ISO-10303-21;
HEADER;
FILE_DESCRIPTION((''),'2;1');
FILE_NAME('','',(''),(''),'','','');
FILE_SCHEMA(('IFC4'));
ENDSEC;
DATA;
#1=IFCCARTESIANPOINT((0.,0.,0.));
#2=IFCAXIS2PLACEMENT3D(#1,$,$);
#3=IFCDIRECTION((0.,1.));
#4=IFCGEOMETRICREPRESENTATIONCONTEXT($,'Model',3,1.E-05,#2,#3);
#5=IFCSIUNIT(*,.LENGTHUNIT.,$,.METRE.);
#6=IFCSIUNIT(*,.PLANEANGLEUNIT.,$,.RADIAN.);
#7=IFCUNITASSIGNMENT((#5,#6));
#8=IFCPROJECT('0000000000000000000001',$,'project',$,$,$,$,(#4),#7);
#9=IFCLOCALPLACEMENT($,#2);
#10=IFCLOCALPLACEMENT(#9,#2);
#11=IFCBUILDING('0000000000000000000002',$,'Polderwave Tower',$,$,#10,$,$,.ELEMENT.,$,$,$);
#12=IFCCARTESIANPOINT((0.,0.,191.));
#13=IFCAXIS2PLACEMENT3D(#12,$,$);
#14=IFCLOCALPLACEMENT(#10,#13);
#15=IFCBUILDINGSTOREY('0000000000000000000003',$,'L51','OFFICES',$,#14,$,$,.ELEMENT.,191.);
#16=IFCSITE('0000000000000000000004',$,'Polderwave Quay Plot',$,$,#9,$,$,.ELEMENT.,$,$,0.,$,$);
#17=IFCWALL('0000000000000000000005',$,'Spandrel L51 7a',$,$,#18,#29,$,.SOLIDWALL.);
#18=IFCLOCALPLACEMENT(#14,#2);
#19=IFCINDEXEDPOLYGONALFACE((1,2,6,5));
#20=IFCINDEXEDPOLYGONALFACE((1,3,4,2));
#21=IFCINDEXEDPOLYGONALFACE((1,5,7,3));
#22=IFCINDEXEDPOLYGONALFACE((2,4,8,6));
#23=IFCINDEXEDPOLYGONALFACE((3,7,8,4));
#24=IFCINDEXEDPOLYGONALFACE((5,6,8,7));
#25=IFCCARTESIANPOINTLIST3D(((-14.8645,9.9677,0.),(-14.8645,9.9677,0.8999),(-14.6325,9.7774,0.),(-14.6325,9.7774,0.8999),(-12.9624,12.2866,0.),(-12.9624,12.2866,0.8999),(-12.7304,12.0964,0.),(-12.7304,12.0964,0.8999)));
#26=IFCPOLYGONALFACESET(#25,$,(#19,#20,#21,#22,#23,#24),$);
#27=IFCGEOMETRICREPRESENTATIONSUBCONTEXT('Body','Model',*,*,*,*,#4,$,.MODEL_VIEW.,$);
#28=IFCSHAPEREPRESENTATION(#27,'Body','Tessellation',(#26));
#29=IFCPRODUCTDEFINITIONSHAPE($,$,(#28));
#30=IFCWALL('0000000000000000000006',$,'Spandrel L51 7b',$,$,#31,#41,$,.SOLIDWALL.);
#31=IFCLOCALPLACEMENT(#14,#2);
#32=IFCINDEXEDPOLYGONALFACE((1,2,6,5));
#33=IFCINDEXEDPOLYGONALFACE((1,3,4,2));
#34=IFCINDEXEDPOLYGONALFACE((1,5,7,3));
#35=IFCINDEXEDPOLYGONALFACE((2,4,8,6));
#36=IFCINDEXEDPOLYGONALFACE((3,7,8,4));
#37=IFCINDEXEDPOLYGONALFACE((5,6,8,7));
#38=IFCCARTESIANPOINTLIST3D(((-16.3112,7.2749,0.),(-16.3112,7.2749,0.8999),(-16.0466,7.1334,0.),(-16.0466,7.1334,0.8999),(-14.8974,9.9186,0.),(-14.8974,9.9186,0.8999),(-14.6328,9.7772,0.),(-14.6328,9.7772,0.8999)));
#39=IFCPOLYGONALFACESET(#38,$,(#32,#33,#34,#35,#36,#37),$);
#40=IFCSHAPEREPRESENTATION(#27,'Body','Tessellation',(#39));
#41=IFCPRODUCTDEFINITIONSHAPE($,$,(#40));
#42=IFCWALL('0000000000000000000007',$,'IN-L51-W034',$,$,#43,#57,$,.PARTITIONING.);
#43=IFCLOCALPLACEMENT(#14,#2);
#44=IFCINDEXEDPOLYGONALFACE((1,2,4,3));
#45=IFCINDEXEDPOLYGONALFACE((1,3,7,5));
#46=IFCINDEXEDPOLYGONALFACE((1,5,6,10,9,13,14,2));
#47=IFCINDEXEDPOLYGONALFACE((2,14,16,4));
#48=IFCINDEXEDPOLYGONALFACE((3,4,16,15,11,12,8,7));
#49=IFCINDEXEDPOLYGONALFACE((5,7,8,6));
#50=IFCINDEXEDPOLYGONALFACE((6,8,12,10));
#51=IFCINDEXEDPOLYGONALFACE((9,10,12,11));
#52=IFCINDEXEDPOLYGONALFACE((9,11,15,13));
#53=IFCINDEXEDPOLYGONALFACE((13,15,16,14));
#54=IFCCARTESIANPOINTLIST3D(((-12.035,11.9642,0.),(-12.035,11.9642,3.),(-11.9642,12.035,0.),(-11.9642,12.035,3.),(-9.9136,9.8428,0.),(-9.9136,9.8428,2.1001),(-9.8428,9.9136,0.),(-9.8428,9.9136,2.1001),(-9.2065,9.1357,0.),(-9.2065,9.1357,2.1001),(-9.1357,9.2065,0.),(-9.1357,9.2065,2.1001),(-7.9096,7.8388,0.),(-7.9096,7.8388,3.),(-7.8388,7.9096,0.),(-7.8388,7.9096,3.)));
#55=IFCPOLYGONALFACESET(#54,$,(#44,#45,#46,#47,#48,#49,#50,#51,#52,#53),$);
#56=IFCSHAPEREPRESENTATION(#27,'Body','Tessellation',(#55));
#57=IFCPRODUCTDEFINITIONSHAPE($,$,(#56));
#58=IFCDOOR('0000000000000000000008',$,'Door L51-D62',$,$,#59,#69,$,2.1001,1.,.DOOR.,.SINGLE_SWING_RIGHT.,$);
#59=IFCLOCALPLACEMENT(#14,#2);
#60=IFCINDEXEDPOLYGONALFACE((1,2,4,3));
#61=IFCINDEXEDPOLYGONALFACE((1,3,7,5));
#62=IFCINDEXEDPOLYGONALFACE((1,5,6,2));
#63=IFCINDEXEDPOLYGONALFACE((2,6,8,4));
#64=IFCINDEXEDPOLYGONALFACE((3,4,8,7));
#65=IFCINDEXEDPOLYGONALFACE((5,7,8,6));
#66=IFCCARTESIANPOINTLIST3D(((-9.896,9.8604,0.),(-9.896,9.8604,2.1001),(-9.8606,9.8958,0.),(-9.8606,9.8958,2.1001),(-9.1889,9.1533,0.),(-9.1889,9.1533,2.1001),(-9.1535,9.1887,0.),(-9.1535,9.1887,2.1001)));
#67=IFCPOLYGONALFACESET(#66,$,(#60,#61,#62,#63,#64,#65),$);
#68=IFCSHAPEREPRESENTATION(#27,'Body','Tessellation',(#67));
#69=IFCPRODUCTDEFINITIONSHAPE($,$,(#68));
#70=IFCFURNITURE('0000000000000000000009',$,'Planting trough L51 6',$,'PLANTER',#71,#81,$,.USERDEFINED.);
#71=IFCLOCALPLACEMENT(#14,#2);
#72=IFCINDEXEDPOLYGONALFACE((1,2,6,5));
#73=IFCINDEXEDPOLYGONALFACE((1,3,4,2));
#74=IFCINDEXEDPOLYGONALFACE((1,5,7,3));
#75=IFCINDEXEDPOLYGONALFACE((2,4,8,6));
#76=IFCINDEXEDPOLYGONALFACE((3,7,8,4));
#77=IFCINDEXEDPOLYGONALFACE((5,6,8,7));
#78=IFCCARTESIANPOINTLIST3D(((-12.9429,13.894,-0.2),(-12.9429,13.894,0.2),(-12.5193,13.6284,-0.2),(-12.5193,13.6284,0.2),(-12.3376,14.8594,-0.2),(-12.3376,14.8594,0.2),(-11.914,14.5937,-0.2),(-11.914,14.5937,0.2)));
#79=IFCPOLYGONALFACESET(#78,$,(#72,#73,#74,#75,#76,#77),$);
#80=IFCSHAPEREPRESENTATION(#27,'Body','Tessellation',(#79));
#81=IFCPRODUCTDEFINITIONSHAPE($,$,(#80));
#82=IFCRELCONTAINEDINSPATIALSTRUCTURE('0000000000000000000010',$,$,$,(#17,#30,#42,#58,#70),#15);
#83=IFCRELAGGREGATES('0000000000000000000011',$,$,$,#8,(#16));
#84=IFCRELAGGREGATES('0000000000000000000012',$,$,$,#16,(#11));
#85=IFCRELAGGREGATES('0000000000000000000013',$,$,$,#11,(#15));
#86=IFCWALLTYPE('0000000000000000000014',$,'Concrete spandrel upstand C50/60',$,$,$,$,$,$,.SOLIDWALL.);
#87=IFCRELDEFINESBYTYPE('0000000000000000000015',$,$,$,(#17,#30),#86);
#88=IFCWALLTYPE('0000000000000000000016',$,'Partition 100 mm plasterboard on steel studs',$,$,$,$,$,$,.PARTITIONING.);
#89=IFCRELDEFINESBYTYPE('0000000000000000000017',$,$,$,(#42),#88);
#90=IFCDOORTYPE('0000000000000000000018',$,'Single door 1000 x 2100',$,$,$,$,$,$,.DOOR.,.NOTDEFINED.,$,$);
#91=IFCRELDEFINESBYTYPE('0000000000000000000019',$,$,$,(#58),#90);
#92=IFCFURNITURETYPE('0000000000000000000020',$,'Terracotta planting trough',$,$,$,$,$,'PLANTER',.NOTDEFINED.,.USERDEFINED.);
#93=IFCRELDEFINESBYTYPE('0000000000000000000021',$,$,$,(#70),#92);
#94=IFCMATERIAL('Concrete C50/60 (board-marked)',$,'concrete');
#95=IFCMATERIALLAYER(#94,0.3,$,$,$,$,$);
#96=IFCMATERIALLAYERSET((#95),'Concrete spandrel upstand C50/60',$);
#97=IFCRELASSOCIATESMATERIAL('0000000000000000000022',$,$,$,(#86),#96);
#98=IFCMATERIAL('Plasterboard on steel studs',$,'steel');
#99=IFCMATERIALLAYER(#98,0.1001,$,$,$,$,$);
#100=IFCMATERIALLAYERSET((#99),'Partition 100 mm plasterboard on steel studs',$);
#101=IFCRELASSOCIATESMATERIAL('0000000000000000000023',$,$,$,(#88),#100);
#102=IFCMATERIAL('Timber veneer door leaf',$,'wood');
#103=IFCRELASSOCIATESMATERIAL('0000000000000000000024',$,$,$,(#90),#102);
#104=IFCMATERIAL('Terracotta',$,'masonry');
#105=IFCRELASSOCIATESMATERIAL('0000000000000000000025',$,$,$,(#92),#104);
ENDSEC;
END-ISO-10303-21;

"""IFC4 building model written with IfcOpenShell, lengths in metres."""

from ifc_helpers import new_model, si_unit, direction, frame, frame_2d, origin, origin_2d, place, context, subcontext, project, spatial, rectangle, extrude, material, layer, layer_set, type_object, element, fill, save


model = new_model("IFC4")

# Units and contexts
model_context = context("Model", 3, precision=1e-05, world=origin(), true_north=direction((0.0, 1.0)))
body_context = subcontext(model_context, "Body", "Model", "MODEL_VIEW")
ifc_project = project(units=[si_unit("LENGTHUNIT", "METRE"), si_unit("PLANEANGLEUNIT", "RADIAN")], contexts=[model_context])

# Site, building, storey
site_placement = place(None, origin())
site = spatial("IfcSite", under=ifc_project, at=site_placement, Name="Polderwave Quay Plot", CompositionType="ELEMENT", RefElevation=0.0)
building_placement = place(site_placement, origin())
building = spatial("IfcBuilding", under=site, at=building_placement, Name="Polderwave Tower", CompositionType="ELEMENT")
storey_placement = place(building_placement, frame((0.0, 0.0, 191.0)))
storey = spatial("IfcBuildingStorey", under=building, at=storey_placement, Name="L51", Description="OFFICES", CompositionType="ELEMENT", Elevation=191.0)

# Walls
ifc_material_1 = material(Name="Concrete C50/60 (board-marked)", Category="concrete")
ifc_layer_1 = layer(ifc_material_1, 0.3)
ifc_layer_set_1 = layer_set([ifc_layer_1], Name="Concrete spandrel upstand C50/60")
wall_type_1 = type_object("IfcWallType", Name="Concrete spandrel upstand C50/60", PredefinedType="SOLIDWALL", material=ifc_layer_set_1)
for number, where, z_axis, x_axis, name in (
    (1, (-12.8464, 12.1914, 0.0), (0.0, 0.0, 1.0), (-0.634208, -0.773162, 0.0), "Spandrel L51 7a"),
):
    element("IfcWall", number, at=place(storey_placement, frame(where, z_axis=z_axis, x_axis=x_axis)), inside=storey, type_object=wall_type_1, Name=name, PredefinedType="SOLIDWALL", context=body_context, shape_type="SweptSolid", body=[
        extrude(rectangle(XDim=2.9993, YDim=0.3, at=frame_2d((1.4995, 0.0))), origin(), (0.0, 0.0, 1.0), 0.8999),
    ])
wall_1_placement = place(storey_placement, frame((-14.7651, 9.8479, 0.0), z_axis=(0.0, 0.0, 1.0), x_axis=(-0.471573, -0.881827, 0.0)))
element("IfcWall", 2, at=wall_1_placement, inside=storey, type_object=wall_type_1, Name="Spandrel L51 7b", PredefinedType="SOLIDWALL", context=body_context, shape_type="SweptSolid", body=[
    extrude(rectangle(XDim=2.998, YDim=0.3, at=frame_2d((1.499, 0.0))), origin(), (0.0, 0.0, 1.0), 0.8999),
])

# Wall, opening, door
ifc_material_2 = material(Name="Plasterboard on steel studs", Category="steel")
ifc_layer_2 = layer(ifc_material_2, 0.1001)
ifc_layer_set_2 = layer_set([ifc_layer_2], Name="Partition 100 mm plasterboard on steel studs")
wall_type_2 = type_object("IfcWallType", Name="Partition 100 mm plasterboard on steel studs", PredefinedType="PARTITIONING", material=ifc_layer_set_2)
wall_2_placement = place(storey_placement, frame((-11.9995, 11.9995, 0.0), z_axis=(0.0, 0.0, 1.0), x_axis=(0.707107, -0.707107, 0.0)))
wall_2 = element("IfcWall", 3, at=wall_2_placement, inside=storey, type_object=wall_type_2, Name="IN-L51-W034", PredefinedType="PARTITIONING", context=body_context, shape_type="SweptSolid", body=[
    extrude(rectangle(XDim=5.8342, YDim=0.1001, at=frame_2d((2.917, 0.0))), origin(), (0.0, 0.0, 1.0), 3.0),
])
opening_placement = place(wall_2_placement, frame((3.0, 0.0, 0.0)))
opening = element("IfcOpeningElement", 4, at=opening_placement, cuts=wall_2, PredefinedType="OPENING", context=body_context, shape_type="SweptSolid", body=[
    extrude(rectangle(XDim=1.0, YDim=2.1001, at=frame_2d((0.5, 1.05))), frame((0.0, 0.0601, 0.0), z_axis=(0.0, -1.0, 0.0), x_axis=(1.0, 0.0, 0.0)), (0.0, 0.0, 1.0), 0.1201),
])
ifc_material_3 = material(Name="Timber veneer door leaf", Category="wood")
door_type = type_object("IfcDoorType", Name="Single door 1000 x 2100", OperationType="NOTDEFINED", PredefinedType="DOOR", material=ifc_material_3)
door_placement = place(opening_placement, origin())
door = element("IfcDoor", 5, at=door_placement, inside=storey, type_object=door_type, Name="Door L51-D62", OperationType="SINGLE_SWING_RIGHT", OverallHeight=2.1001, OverallWidth=1.0, PredefinedType="DOOR", context=body_context, shape_type="SweptSolid", body=[
    extrude(rectangle(XDim=1.0, YDim=2.1001, at=frame_2d((0.5, 1.05))), frame((0.0, 0.0249, 0.0), z_axis=(0.0, -1.0, 0.0), x_axis=(1.0, 0.0, 0.0)), (0.0, 0.0, 1.0), 0.05),
])
fill(opening, door)

# Furniture
ifc_material_4 = material(Name="Terracotta", Category="masonry")
furniture_type = type_object("IfcFurnitureType", Name="Terracotta planting trough", ElementType="PLANTER", AssemblyPlace="NOTDEFINED", PredefinedType="USERDEFINED", material=ifc_material_4)
furniture_placement = place(storey_placement, frame((-12.4285, 14.2439, -0.2), z_axis=(0.0, 0.0, 1.0), x_axis=(-0.531243, -0.847219, 0.0)))
element("IfcFurniture", 6, at=furniture_placement, inside=storey, type_object=furniture_type, Name="Planting trough L51 6", ObjectType="PLANTER", PredefinedType="USERDEFINED", context=body_context, shape_type="SweptSolid", body=[
    extrude(rectangle(XDim=1.1394, YDim=0.5, at=origin_2d()), origin(), (0.0, 0.0, 1.0), 0.3999),
])

save(model, "model.ifc")
